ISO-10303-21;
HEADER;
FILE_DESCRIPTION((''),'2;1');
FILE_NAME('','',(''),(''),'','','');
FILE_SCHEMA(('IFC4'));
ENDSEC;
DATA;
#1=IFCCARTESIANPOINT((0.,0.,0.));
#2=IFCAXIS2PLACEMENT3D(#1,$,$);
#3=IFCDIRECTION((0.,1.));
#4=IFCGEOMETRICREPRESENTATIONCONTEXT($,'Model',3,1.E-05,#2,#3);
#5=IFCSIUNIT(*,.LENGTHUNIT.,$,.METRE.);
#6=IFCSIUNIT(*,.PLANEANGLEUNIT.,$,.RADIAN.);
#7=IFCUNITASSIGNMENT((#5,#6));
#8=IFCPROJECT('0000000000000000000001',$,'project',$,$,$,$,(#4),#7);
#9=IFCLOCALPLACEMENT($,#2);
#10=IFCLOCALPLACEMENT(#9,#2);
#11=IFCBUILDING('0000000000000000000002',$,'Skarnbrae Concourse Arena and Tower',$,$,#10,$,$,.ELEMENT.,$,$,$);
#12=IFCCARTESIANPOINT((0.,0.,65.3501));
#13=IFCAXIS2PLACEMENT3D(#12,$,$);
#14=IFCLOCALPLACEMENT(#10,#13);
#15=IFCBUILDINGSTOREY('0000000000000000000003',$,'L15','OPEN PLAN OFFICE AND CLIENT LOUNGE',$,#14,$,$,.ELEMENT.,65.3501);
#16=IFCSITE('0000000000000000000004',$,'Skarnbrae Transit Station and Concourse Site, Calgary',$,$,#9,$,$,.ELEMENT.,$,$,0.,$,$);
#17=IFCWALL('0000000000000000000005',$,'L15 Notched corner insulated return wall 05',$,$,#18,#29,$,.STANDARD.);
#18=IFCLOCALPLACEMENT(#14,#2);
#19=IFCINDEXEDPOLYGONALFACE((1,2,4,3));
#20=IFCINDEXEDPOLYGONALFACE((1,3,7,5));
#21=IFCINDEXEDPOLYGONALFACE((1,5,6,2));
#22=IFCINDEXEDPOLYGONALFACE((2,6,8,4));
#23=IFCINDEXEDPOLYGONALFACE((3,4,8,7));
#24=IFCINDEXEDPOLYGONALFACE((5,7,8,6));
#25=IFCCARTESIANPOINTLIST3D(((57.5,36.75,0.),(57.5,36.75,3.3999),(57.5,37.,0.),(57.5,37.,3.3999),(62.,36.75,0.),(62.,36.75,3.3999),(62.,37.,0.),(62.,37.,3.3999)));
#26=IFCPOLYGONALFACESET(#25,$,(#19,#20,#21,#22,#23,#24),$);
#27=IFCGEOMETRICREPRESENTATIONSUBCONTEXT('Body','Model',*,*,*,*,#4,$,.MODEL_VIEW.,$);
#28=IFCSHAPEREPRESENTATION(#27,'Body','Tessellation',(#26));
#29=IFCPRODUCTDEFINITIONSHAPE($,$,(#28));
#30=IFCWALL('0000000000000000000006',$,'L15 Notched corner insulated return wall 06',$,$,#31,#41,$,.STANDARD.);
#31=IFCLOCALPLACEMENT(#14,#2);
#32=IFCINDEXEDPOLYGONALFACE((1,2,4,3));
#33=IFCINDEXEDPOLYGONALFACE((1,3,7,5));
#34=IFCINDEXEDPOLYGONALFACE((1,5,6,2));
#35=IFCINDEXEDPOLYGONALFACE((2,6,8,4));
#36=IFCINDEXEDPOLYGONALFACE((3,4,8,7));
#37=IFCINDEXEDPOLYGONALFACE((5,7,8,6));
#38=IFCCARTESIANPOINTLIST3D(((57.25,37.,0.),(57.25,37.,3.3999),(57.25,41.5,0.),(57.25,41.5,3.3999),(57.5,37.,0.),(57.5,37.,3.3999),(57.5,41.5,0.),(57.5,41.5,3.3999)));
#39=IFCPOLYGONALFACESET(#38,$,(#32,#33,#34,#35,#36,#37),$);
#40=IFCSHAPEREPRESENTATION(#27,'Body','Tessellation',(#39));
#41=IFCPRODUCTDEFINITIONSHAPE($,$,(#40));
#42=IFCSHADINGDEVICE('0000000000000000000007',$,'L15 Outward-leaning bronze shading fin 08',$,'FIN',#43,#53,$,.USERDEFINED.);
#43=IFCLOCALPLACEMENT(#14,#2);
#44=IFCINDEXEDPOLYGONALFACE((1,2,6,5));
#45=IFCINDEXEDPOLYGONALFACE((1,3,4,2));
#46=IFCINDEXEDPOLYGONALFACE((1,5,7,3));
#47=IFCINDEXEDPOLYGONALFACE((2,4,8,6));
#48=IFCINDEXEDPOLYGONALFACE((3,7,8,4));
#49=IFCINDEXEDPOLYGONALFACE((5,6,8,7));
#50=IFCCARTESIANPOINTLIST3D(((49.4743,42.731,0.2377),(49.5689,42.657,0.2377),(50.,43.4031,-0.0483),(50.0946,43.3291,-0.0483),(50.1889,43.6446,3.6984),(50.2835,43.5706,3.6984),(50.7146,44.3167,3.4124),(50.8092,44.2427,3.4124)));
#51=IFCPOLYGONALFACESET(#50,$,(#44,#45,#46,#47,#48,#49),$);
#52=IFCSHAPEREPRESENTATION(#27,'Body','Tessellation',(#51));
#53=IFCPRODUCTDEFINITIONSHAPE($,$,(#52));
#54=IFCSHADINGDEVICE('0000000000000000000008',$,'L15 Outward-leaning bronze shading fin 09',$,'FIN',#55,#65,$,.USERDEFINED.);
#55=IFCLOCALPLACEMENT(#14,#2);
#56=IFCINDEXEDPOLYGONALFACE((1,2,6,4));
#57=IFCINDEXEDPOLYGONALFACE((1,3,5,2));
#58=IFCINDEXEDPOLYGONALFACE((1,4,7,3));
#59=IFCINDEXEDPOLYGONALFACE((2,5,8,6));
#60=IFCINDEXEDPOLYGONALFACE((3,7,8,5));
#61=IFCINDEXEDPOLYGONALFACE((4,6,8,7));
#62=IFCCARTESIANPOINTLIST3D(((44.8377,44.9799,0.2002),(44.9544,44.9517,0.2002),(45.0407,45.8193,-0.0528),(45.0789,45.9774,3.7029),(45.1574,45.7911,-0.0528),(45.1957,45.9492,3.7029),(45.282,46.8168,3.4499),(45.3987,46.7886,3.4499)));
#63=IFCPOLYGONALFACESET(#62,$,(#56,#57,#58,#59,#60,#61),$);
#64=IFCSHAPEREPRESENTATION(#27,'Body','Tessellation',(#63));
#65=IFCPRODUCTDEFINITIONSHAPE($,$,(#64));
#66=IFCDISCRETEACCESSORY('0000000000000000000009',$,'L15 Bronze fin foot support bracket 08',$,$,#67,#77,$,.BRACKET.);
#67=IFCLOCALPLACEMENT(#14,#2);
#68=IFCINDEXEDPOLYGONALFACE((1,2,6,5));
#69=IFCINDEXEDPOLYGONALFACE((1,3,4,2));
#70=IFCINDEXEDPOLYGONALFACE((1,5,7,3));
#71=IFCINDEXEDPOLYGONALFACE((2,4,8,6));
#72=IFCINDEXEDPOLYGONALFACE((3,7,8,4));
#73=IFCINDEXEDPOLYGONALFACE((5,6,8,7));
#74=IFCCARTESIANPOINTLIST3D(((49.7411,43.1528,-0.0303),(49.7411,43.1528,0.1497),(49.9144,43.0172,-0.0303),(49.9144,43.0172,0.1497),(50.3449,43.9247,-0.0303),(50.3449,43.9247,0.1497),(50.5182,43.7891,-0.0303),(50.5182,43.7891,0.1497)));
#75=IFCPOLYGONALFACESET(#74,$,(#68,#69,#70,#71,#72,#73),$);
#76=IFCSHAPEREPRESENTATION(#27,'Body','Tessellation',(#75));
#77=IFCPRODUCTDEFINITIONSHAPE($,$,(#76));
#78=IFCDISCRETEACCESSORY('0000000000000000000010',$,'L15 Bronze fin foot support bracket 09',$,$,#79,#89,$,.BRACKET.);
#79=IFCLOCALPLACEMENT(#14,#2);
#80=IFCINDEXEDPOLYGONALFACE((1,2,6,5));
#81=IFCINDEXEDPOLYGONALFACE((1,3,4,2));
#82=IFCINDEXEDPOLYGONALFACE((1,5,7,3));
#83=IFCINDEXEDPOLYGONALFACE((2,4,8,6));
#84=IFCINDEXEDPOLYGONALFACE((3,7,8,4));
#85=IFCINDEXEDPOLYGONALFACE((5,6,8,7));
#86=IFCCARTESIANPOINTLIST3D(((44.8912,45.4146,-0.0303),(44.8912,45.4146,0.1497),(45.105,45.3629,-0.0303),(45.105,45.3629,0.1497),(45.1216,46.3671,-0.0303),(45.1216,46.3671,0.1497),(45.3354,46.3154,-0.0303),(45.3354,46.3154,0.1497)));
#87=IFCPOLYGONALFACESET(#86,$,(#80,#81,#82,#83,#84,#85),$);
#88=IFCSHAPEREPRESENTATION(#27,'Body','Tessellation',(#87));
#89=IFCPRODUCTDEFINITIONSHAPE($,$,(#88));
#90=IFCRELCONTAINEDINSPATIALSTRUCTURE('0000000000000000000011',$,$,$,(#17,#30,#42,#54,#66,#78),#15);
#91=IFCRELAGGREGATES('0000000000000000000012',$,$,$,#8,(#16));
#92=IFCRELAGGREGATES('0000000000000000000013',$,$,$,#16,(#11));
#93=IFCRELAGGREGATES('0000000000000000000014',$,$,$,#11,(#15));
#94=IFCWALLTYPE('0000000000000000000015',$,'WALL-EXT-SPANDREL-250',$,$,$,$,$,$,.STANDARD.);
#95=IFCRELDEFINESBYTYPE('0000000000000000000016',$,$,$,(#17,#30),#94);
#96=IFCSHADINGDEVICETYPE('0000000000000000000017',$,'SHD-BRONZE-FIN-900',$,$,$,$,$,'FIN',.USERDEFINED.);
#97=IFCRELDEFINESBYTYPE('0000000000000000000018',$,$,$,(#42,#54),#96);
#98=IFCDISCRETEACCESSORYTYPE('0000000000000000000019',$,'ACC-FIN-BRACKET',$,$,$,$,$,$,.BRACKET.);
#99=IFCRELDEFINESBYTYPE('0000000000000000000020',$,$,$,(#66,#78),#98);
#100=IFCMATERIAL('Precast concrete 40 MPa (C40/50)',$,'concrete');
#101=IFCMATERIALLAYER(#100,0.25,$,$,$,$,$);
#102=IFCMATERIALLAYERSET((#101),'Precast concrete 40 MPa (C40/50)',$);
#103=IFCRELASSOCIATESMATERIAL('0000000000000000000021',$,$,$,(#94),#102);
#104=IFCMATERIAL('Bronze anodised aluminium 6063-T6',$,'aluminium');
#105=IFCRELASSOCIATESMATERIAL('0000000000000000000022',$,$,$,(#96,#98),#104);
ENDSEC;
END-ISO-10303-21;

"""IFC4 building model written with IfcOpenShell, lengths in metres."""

from ifc_helpers import new_model, si_unit, direction, frame, frame_2d, origin, origin_2d, place, context, subcontext, project, spatial, rectangle, extrude, source, transform, mapped, material, layer, layer_set, type_object, element, save


model = new_model("IFC4")

# Units and contexts
model_context = context("Model", 3, precision=1e-05, world=origin(), true_north=direction((0.0, 1.0)))
body_context = subcontext(model_context, "Body", "Model", "MODEL_VIEW")
ifc_project = project(units=[si_unit("LENGTHUNIT", "METRE"), si_unit("PLANEANGLEUNIT", "RADIAN")], contexts=[model_context])

# Site, building, storey
site_placement = place(None, origin())
site = spatial("IfcSite", under=ifc_project, at=site_placement, Name="Skarnbrae Transit Station and Concourse Site, Calgary", CompositionType="ELEMENT", RefElevation=0.0)
building_placement = place(site_placement, origin())
building = spatial("IfcBuilding", under=site, at=building_placement, Name="Skarnbrae Concourse Arena and Tower", CompositionType="ELEMENT")
storey_placement = place(building_placement, frame((0.0, 0.0, 65.3501)))
storey = spatial("IfcBuildingStorey", under=building, at=storey_placement, Name="L15", Description="OPEN PLAN OFFICE AND CLIENT LOUNGE", CompositionType="ELEMENT", Elevation=65.3501)

# Shared definitions
ifc_material_1 = material(Name="Bronze anodised aluminium 6063-T6", Category="aluminium")

# Walls
ifc_material_2 = material(Name="Precast concrete 40 MPa (C40/50)", Category="concrete")
ifc_layer_1 = layer(ifc_material_2, 0.25)
ifc_layer_set_1 = layer_set([ifc_layer_1], Name="Precast concrete 40 MPa (C40/50)")
wall_type = type_object("IfcWallType", Name="WALL-EXT-SPANDREL-250", PredefinedType="STANDARD", material=ifc_layer_set_1)
shared_shape_1 = source(origin(), body_context, "Body", "SweptSolid", [
    extrude(rectangle(XDim=4.5, YDim=0.25, at=frame_2d((2.25, 0.0))), origin(), (0.0, 0.0, 1.0), 3.3999),
])
for number, where, z_axis, x_axis, name in (
    (1, (62.0, 36.875, 0.0), (0.0, 0.0, 1.0), (-1.0, 0.0, 0.0), "L15 Notched corner insulated return wall 05"),
    (2, (57.375, 37.0, 0.0), (0.0, 0.0, 1.0), (0.0, 1.0, 0.0), "L15 Notched corner insulated return wall 06"),
):
    element("IfcWall", number, at=place(storey_placement, frame(where, z_axis=z_axis, x_axis=x_axis)), inside=storey, type_object=wall_type, Name=name, PredefinedType="STANDARD", context=body_context, shape_type="MappedRepresentation", body=[
        mapped(shared_shape_1, transform((0.0, 0.0, 0.0))),
    ])

# Shading devices
shading_device_type = type_object("IfcShadingDeviceType", Name="SHD-BRONZE-FIN-900", ElementType="FIN", PredefinedType="USERDEFINED", material=ifc_material_1)
shared_shape_2 = source(origin(), body_context, "Body", "SweptSolid", [
    extrude(rectangle(XDim=0.1201, YDim=0.8999, at=origin_2d()), origin(), (0.0, 0.0, 1.0), 3.6499),
])
for number, where, z_axis, x_axis, name in (
    (3, (49.7844, 43.03, 0.0947), (0.195802, 0.250318, 0.948157), (0.787656, -0.616115, 0.0), "L15 Outward-leaning bronze shading fin 08"),
    (4, (44.9976, 45.3855, 0.0737), (0.0661, 0.273289, 0.959658), (0.971973, -0.235091, 0.0), "L15 Outward-leaning bronze shading fin 09"),
):
    element("IfcShadingDevice", number, at=place(storey_placement, frame(where, z_axis=z_axis, x_axis=x_axis)), inside=storey, type_object=shading_device_type, Name=name, ObjectType="FIN", PredefinedType="USERDEFINED", context=body_context, shape_type="MappedRepresentation", body=[
        mapped(shared_shape_2, transform((0.0, 0.0, 0.0))),
    ])

# Discrete accessories
discrete_accessory_type = type_object("IfcDiscreteAccessoryType", Name="ACC-FIN-BRACKET", PredefinedType="BRACKET", material=ifc_material_1)
shared_shape_3 = source(origin(), body_context, "Body", "SweptSolid", [
    extrude(rectangle(XDim=0.22, YDim=0.98, at=origin_2d()), origin(), (0.0, 0.0, 1.0), 0.1799),
])
for number, where, z_axis, x_axis, name in (
    (5, (50.1296, 43.4709, -0.0303), (0.0, 0.0, 1.0), (0.787656, -0.616115, 0.0), "L15 Bronze fin foot support bracket 08"),
    (6, (45.1133, 45.865, -0.0303), (0.0, 0.0, 1.0), (0.971973, -0.235091, 0.0), "L15 Bronze fin foot support bracket 09"),
):
    element("IfcDiscreteAccessory", number, at=place(storey_placement, frame(where, z_axis=z_axis, x_axis=x_axis)), inside=storey, type_object=discrete_accessory_type, Name=name, PredefinedType="BRACKET", context=body_context, shape_type="MappedRepresentation", body=[
        mapped(shared_shape_3, transform((0.0, 0.0, 0.0))),
    ])

save(model, "model.ifc")
